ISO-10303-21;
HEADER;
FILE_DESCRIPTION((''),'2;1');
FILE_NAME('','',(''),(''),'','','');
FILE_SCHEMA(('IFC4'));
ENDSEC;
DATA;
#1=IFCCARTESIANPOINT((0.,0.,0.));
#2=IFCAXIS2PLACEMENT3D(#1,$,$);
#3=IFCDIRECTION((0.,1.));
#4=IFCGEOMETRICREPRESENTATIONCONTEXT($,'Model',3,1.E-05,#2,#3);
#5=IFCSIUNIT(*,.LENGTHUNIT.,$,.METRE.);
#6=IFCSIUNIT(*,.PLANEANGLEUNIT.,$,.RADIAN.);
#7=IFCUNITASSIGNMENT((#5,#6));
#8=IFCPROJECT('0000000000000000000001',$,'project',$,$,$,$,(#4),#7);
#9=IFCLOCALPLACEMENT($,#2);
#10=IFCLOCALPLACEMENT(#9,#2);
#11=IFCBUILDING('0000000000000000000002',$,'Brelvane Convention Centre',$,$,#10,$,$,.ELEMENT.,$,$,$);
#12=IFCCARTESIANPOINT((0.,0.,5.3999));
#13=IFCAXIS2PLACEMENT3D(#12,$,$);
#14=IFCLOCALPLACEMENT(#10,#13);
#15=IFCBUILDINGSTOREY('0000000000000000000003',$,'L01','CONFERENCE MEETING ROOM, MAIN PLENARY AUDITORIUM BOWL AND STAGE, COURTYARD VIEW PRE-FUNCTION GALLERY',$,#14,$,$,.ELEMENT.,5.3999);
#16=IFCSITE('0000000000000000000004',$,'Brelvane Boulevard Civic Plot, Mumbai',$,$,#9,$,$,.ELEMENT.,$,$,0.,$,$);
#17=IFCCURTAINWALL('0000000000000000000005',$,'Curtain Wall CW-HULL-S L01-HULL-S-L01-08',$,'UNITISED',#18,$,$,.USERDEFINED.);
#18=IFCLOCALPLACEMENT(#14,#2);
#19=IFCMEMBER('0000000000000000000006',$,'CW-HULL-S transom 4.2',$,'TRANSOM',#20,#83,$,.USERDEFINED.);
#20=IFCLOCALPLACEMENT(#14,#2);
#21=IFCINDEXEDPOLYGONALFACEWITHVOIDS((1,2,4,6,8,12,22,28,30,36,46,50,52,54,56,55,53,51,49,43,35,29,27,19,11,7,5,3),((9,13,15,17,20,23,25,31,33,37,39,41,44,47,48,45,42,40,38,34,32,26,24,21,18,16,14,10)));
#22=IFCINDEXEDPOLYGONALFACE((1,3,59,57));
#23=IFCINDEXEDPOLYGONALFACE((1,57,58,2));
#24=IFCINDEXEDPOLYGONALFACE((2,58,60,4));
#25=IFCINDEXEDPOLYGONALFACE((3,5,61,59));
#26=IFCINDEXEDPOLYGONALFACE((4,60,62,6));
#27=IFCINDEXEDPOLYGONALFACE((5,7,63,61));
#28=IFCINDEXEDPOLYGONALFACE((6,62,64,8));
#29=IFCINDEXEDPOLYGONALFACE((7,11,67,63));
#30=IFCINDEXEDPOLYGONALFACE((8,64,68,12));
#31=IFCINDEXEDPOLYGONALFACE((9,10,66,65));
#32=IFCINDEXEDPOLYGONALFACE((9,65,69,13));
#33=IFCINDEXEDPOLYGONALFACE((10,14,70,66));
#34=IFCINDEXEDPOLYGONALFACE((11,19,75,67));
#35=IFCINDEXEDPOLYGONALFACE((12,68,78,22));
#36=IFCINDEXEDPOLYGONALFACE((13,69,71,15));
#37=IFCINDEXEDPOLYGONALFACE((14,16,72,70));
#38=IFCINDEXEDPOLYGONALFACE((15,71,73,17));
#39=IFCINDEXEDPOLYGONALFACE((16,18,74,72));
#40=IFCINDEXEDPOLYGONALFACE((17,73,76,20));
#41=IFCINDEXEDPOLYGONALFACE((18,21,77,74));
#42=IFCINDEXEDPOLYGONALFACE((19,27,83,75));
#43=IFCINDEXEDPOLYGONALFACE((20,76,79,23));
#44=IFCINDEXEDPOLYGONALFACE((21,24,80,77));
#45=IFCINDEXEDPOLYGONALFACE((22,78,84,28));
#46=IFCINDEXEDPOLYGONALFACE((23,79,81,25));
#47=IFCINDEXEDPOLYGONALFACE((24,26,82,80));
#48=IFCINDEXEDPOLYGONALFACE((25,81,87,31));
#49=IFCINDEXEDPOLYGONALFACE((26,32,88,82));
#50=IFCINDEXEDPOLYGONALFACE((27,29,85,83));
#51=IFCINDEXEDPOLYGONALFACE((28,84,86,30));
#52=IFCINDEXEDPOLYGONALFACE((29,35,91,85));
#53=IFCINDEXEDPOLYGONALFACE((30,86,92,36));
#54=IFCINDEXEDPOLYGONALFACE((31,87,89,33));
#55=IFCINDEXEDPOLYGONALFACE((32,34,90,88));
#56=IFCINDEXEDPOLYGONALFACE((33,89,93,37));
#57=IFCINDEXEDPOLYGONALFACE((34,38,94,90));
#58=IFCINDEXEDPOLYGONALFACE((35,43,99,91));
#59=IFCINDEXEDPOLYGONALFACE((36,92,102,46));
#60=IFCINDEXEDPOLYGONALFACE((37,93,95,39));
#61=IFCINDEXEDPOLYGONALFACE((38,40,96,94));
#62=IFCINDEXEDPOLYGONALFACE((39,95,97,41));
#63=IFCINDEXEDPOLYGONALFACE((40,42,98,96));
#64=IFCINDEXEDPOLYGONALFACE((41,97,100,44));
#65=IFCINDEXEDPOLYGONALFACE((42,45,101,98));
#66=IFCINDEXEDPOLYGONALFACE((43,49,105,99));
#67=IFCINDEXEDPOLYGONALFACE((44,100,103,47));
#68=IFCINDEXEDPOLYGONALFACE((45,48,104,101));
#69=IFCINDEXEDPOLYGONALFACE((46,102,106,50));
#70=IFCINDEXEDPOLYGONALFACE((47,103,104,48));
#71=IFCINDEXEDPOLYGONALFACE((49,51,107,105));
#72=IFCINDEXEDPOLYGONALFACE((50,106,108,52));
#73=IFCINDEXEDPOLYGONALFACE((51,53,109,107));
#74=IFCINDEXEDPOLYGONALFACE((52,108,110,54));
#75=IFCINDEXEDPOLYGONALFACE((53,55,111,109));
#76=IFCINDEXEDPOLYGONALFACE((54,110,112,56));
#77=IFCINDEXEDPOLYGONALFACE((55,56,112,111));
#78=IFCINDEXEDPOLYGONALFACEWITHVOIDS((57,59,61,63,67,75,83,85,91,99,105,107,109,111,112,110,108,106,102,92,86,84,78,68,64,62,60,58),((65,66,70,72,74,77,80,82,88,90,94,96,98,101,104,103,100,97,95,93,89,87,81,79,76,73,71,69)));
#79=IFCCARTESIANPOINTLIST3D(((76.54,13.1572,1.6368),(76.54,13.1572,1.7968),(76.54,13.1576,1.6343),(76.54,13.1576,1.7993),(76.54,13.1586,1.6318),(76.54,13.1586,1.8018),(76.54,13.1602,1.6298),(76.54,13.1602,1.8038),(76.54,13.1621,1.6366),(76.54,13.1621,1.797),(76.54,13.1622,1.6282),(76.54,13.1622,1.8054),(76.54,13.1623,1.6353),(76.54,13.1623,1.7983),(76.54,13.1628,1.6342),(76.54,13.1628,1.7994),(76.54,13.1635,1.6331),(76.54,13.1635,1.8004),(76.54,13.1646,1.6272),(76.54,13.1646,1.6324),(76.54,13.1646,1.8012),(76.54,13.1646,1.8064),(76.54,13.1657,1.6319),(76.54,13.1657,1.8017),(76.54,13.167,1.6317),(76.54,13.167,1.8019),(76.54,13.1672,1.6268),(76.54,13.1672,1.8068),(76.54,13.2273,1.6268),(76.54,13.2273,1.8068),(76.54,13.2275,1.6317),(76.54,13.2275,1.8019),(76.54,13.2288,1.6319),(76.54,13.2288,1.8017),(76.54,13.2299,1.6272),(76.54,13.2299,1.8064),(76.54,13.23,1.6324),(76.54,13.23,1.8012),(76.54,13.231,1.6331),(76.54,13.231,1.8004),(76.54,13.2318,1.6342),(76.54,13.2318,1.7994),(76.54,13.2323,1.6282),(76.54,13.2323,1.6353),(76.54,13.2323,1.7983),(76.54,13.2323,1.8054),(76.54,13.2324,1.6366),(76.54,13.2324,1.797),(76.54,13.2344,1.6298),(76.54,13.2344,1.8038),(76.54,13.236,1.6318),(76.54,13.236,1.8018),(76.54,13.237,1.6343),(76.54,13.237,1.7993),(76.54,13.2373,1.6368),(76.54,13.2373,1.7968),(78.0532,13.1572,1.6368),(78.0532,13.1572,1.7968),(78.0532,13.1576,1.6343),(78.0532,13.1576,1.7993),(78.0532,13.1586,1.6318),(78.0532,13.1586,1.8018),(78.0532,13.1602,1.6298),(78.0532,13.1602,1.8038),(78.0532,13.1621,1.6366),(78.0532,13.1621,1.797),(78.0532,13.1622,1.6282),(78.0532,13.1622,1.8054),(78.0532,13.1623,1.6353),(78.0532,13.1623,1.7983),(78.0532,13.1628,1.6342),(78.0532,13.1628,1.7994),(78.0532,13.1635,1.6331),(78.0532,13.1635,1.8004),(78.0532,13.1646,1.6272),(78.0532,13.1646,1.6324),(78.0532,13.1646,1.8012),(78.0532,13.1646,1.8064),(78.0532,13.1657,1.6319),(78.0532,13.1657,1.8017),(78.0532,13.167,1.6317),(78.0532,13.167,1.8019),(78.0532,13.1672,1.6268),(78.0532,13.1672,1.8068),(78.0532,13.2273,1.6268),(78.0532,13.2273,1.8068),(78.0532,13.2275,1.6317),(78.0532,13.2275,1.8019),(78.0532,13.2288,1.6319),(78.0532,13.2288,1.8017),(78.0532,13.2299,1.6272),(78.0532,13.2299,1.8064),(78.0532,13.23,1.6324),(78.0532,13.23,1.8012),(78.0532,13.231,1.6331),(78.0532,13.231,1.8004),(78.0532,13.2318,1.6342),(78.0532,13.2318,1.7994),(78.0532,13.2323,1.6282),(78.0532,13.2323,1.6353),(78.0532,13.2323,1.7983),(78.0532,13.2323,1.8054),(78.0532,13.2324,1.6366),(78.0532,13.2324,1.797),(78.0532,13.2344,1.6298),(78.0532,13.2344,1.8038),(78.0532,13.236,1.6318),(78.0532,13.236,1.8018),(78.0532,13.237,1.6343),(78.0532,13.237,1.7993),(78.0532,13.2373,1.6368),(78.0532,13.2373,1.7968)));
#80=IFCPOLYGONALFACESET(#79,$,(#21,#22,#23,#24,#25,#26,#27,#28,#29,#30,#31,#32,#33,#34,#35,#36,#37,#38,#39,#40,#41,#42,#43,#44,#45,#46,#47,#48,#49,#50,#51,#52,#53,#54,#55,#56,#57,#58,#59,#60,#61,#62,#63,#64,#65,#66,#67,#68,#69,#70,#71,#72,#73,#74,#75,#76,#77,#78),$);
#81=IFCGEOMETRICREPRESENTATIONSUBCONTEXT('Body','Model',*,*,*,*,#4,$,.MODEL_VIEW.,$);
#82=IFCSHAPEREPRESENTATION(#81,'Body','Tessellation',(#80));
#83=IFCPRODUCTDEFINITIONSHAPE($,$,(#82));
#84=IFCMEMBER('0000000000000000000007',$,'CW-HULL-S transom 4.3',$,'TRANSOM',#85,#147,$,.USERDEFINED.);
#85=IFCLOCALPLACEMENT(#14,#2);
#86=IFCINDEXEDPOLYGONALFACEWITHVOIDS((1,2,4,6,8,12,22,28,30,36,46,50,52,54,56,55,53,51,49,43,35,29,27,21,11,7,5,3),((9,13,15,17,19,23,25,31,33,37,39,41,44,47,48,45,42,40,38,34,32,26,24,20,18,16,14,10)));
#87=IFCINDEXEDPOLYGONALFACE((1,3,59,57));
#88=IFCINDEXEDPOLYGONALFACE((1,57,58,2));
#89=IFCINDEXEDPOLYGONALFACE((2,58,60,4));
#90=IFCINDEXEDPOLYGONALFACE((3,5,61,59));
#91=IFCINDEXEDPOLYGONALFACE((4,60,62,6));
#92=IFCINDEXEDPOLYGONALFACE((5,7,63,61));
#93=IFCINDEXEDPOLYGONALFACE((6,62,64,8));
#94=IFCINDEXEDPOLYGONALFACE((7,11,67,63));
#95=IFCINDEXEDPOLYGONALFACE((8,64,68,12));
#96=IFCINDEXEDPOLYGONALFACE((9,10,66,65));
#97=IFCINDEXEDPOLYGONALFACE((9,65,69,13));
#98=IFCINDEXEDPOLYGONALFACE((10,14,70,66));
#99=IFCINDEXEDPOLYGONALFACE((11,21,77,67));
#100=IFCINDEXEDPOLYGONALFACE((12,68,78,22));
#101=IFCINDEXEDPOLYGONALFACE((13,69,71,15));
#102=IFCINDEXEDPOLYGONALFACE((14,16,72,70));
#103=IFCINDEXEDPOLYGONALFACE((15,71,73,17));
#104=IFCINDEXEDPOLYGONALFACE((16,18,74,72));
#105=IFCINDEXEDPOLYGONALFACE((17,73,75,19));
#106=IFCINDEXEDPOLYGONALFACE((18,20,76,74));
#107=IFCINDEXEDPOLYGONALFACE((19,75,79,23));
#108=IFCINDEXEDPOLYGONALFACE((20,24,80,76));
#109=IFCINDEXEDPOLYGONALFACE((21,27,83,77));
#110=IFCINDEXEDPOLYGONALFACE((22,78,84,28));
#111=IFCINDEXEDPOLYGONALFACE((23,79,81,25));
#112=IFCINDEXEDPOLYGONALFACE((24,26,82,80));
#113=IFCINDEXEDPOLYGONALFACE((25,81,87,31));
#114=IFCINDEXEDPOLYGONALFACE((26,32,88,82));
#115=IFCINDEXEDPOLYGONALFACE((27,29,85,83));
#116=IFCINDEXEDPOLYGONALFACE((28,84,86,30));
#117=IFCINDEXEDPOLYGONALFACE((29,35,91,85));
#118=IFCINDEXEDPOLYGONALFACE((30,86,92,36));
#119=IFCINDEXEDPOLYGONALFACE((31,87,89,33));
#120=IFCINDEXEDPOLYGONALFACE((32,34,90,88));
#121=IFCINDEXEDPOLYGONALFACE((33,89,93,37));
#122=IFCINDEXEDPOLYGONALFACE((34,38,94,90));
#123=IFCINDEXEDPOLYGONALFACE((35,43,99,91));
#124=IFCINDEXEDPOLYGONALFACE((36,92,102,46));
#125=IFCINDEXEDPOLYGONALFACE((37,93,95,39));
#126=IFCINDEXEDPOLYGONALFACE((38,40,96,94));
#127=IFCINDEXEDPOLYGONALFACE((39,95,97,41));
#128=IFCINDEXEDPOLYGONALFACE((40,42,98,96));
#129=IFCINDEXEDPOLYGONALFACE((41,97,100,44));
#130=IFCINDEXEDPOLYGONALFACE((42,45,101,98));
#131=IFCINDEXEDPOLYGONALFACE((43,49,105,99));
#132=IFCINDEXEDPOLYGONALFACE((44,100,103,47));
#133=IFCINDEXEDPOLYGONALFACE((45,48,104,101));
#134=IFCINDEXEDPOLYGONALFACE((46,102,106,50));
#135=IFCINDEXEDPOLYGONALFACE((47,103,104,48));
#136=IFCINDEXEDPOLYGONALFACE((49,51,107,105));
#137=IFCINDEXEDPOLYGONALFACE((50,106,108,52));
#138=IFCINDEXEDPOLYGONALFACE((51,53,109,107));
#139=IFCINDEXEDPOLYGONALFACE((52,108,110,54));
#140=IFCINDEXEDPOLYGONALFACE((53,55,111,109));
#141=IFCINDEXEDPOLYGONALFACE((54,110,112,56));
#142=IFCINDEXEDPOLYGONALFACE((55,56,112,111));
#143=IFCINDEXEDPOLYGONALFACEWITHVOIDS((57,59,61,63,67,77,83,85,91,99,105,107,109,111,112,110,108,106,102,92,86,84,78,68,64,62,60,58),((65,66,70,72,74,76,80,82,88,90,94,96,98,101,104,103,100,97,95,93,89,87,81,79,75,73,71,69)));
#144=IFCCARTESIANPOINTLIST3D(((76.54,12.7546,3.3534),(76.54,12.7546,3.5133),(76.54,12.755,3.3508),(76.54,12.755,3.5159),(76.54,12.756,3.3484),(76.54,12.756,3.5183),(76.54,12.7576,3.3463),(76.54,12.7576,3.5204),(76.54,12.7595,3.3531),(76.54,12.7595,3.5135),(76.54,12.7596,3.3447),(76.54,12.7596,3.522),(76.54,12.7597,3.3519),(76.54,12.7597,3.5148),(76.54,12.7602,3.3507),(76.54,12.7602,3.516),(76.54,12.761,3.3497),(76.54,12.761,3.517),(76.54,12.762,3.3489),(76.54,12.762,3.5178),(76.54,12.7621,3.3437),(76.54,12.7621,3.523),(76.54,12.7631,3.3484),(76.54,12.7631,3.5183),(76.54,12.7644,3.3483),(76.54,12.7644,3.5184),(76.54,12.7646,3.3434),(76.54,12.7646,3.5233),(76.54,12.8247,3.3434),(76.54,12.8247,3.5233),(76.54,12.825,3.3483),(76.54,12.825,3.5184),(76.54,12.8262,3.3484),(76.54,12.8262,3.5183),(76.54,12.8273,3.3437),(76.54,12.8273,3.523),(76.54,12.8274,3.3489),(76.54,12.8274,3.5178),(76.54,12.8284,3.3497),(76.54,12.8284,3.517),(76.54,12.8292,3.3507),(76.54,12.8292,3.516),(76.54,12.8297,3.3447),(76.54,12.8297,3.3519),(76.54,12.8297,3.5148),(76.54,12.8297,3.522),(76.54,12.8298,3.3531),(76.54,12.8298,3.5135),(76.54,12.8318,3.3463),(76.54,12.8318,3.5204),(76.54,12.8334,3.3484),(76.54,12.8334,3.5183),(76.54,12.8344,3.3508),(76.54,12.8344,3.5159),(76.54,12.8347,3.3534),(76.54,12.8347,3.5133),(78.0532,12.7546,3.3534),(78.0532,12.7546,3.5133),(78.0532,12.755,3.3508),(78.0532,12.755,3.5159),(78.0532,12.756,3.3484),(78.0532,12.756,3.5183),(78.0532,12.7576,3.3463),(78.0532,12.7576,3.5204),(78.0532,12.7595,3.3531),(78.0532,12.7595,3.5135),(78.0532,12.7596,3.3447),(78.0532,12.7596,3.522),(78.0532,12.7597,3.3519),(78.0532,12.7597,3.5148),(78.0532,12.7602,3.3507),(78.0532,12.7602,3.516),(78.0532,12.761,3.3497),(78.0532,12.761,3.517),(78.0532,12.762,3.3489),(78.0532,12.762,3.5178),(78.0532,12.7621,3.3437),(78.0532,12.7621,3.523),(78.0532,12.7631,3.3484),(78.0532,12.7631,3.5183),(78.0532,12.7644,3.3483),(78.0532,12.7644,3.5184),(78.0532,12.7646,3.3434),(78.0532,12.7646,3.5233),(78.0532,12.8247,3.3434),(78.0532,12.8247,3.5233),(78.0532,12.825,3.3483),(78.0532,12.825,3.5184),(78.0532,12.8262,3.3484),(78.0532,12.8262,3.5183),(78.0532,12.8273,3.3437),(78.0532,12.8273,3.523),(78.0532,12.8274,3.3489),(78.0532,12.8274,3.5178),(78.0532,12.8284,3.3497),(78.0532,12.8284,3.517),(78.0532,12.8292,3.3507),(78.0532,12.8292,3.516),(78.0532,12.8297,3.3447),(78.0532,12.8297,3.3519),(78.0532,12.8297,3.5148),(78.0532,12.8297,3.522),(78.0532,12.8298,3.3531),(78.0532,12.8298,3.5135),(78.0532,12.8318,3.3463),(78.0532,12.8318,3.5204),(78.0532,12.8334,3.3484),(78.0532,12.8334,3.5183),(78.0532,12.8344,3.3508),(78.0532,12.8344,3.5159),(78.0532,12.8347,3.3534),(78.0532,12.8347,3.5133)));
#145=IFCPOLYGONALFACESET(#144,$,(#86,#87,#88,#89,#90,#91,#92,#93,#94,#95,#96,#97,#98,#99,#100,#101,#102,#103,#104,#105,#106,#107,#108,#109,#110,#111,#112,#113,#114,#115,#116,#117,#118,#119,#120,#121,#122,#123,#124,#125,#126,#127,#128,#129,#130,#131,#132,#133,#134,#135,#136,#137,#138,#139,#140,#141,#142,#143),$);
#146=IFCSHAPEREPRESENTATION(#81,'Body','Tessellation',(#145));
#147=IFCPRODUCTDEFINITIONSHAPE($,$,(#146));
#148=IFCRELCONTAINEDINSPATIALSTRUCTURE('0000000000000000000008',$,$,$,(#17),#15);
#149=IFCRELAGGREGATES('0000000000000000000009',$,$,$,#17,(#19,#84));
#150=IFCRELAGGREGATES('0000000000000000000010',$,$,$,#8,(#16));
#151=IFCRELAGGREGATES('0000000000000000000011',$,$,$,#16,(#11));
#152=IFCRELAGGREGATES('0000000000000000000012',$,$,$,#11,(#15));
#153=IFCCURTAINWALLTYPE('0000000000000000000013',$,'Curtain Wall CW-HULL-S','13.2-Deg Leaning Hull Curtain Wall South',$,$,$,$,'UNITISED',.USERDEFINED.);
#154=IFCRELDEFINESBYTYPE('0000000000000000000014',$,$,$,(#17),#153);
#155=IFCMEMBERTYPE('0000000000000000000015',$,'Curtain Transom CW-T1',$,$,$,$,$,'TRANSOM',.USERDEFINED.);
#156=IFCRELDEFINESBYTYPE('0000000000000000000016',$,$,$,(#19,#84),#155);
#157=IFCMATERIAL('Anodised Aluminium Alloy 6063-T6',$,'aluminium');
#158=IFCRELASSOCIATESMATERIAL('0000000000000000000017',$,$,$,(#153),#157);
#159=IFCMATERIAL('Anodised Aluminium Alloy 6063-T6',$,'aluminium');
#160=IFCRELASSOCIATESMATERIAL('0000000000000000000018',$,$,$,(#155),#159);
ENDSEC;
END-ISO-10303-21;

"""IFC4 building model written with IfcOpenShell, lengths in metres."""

from ifc_helpers import new_model, si_unit, direction, frame, origin, origin_2d, place, context, subcontext, project, spatial, hollow_rectangle, extrude, material, material_profile, profile_set, type_object, element, aggregate, save


model = new_model("IFC4")

# Units and contexts
model_context = context("Model", 3, precision=1e-05, world=origin(), true_north=direction((0.0, 1.0)))
body_context = subcontext(model_context, "Body", "Model", "MODEL_VIEW")
ifc_project = project(units=[si_unit("LENGTHUNIT", "METRE"), si_unit("PLANEANGLEUNIT", "RADIAN")], contexts=[model_context])

# Site, building, storey
site_placement = place(None, origin())
site = spatial("IfcSite", under=ifc_project, at=site_placement, Name="Brelvane Boulevard Civic Plot, Mumbai", CompositionType="ELEMENT", RefElevation=0.0)
building_placement = place(site_placement, origin())
building = spatial("IfcBuilding", under=site, at=building_placement, Name="Brelvane Convention Centre", CompositionType="ELEMENT")
storey_placement = place(building_placement, frame((0.0, 0.0, 5.3999)))
storey = spatial("IfcBuildingStorey", under=building, at=storey_placement, Name="L01", Description="CONFERENCE MEETING ROOM, MAIN PLENARY AUDITORIUM BOWL AND STAGE, COURTYARD VIEW PRE-FUNCTION GALLERY", CompositionType="ELEMENT", Elevation=5.3999)

# Curtain wall, members
ifc_material_1 = material(Name="Anodised Aluminium Alloy 6063-T6", Category="aluminium")
curtain_wall_type = type_object("IfcCurtainWallType", Name="Curtain Wall CW-HULL-S", Description="13.2-Deg Leaning Hull Curtain Wall South", ElementType="UNITISED", PredefinedType="USERDEFINED", material=ifc_material_1)
curtain_wall_1_placement = place(storey_placement, origin())
curtain_wall_1 = element("IfcCurtainWall", 1, at=curtain_wall_1_placement, inside=storey, type_object=curtain_wall_type, Name="Curtain Wall CW-HULL-S L01-HULL-S-L01-08", ObjectType="UNITISED", PredefinedType="USERDEFINED")
ifc_material_2 = material(Name="Anodised Aluminium Alloy 6063-T6", Category="aluminium")
ifc_material_profile = material_profile(ifc_material_2, hollow_rectangle(XDim=0.0801, YDim=0.1799, WallThickness=0.0049, InnerFilletRadius=0.0049, OuterFilletRadius=0.01, at=origin_2d()), Name="ALU-T 180x80x5.0")
ifc_profile_set = profile_set([ifc_material_profile], Name="Anodised Aluminium Alloy 6063-T6")
member_type = type_object("IfcMemberType", Name="Curtain Transom CW-T1", ElementType="TRANSOM", PredefinedType="USERDEFINED", material=ifc_profile_set)
member_1_placement = place(storey_placement, frame((76.54, 13.1973, 1.7168), z_axis=(1.0, 0.0, 0.0), x_axis=(0.0, 1.0, 0.0)))
member_1 = element("IfcMember", 2, at=member_1_placement, type_object=member_type, Name="CW-HULL-S transom 4.2", ObjectType="TRANSOM", PredefinedType="USERDEFINED", context=body_context, shape_type="SweptSolid", body=[
    extrude(hollow_rectangle(XDim=0.0801, YDim=0.1799, WallThickness=0.0049, InnerFilletRadius=0.0049, OuterFilletRadius=0.01, at=origin_2d()), origin(), (0.0, 0.0, 1.0), 1.5132),
])
member_2_placement = place(storey_placement, frame((76.54, 12.7947, 3.4333), z_axis=(1.0, 0.0, 0.0), x_axis=(0.0, 1.0, 0.0)))
member_2 = element("IfcMember", 3, at=member_2_placement, type_object=member_type, Name="CW-HULL-S transom 4.3", ObjectType="TRANSOM", PredefinedType="USERDEFINED", context=body_context, shape_type="SweptSolid", body=[
    extrude(hollow_rectangle(XDim=0.0801, YDim=0.1799, WallThickness=0.0049, InnerFilletRadius=0.0049, OuterFilletRadius=0.01, at=origin_2d()), origin(), (0.0, 0.0, 1.0), 1.5132),
])

aggregate(curtain_wall_1, [member_1, member_2])

save(model, "model.ifc")
